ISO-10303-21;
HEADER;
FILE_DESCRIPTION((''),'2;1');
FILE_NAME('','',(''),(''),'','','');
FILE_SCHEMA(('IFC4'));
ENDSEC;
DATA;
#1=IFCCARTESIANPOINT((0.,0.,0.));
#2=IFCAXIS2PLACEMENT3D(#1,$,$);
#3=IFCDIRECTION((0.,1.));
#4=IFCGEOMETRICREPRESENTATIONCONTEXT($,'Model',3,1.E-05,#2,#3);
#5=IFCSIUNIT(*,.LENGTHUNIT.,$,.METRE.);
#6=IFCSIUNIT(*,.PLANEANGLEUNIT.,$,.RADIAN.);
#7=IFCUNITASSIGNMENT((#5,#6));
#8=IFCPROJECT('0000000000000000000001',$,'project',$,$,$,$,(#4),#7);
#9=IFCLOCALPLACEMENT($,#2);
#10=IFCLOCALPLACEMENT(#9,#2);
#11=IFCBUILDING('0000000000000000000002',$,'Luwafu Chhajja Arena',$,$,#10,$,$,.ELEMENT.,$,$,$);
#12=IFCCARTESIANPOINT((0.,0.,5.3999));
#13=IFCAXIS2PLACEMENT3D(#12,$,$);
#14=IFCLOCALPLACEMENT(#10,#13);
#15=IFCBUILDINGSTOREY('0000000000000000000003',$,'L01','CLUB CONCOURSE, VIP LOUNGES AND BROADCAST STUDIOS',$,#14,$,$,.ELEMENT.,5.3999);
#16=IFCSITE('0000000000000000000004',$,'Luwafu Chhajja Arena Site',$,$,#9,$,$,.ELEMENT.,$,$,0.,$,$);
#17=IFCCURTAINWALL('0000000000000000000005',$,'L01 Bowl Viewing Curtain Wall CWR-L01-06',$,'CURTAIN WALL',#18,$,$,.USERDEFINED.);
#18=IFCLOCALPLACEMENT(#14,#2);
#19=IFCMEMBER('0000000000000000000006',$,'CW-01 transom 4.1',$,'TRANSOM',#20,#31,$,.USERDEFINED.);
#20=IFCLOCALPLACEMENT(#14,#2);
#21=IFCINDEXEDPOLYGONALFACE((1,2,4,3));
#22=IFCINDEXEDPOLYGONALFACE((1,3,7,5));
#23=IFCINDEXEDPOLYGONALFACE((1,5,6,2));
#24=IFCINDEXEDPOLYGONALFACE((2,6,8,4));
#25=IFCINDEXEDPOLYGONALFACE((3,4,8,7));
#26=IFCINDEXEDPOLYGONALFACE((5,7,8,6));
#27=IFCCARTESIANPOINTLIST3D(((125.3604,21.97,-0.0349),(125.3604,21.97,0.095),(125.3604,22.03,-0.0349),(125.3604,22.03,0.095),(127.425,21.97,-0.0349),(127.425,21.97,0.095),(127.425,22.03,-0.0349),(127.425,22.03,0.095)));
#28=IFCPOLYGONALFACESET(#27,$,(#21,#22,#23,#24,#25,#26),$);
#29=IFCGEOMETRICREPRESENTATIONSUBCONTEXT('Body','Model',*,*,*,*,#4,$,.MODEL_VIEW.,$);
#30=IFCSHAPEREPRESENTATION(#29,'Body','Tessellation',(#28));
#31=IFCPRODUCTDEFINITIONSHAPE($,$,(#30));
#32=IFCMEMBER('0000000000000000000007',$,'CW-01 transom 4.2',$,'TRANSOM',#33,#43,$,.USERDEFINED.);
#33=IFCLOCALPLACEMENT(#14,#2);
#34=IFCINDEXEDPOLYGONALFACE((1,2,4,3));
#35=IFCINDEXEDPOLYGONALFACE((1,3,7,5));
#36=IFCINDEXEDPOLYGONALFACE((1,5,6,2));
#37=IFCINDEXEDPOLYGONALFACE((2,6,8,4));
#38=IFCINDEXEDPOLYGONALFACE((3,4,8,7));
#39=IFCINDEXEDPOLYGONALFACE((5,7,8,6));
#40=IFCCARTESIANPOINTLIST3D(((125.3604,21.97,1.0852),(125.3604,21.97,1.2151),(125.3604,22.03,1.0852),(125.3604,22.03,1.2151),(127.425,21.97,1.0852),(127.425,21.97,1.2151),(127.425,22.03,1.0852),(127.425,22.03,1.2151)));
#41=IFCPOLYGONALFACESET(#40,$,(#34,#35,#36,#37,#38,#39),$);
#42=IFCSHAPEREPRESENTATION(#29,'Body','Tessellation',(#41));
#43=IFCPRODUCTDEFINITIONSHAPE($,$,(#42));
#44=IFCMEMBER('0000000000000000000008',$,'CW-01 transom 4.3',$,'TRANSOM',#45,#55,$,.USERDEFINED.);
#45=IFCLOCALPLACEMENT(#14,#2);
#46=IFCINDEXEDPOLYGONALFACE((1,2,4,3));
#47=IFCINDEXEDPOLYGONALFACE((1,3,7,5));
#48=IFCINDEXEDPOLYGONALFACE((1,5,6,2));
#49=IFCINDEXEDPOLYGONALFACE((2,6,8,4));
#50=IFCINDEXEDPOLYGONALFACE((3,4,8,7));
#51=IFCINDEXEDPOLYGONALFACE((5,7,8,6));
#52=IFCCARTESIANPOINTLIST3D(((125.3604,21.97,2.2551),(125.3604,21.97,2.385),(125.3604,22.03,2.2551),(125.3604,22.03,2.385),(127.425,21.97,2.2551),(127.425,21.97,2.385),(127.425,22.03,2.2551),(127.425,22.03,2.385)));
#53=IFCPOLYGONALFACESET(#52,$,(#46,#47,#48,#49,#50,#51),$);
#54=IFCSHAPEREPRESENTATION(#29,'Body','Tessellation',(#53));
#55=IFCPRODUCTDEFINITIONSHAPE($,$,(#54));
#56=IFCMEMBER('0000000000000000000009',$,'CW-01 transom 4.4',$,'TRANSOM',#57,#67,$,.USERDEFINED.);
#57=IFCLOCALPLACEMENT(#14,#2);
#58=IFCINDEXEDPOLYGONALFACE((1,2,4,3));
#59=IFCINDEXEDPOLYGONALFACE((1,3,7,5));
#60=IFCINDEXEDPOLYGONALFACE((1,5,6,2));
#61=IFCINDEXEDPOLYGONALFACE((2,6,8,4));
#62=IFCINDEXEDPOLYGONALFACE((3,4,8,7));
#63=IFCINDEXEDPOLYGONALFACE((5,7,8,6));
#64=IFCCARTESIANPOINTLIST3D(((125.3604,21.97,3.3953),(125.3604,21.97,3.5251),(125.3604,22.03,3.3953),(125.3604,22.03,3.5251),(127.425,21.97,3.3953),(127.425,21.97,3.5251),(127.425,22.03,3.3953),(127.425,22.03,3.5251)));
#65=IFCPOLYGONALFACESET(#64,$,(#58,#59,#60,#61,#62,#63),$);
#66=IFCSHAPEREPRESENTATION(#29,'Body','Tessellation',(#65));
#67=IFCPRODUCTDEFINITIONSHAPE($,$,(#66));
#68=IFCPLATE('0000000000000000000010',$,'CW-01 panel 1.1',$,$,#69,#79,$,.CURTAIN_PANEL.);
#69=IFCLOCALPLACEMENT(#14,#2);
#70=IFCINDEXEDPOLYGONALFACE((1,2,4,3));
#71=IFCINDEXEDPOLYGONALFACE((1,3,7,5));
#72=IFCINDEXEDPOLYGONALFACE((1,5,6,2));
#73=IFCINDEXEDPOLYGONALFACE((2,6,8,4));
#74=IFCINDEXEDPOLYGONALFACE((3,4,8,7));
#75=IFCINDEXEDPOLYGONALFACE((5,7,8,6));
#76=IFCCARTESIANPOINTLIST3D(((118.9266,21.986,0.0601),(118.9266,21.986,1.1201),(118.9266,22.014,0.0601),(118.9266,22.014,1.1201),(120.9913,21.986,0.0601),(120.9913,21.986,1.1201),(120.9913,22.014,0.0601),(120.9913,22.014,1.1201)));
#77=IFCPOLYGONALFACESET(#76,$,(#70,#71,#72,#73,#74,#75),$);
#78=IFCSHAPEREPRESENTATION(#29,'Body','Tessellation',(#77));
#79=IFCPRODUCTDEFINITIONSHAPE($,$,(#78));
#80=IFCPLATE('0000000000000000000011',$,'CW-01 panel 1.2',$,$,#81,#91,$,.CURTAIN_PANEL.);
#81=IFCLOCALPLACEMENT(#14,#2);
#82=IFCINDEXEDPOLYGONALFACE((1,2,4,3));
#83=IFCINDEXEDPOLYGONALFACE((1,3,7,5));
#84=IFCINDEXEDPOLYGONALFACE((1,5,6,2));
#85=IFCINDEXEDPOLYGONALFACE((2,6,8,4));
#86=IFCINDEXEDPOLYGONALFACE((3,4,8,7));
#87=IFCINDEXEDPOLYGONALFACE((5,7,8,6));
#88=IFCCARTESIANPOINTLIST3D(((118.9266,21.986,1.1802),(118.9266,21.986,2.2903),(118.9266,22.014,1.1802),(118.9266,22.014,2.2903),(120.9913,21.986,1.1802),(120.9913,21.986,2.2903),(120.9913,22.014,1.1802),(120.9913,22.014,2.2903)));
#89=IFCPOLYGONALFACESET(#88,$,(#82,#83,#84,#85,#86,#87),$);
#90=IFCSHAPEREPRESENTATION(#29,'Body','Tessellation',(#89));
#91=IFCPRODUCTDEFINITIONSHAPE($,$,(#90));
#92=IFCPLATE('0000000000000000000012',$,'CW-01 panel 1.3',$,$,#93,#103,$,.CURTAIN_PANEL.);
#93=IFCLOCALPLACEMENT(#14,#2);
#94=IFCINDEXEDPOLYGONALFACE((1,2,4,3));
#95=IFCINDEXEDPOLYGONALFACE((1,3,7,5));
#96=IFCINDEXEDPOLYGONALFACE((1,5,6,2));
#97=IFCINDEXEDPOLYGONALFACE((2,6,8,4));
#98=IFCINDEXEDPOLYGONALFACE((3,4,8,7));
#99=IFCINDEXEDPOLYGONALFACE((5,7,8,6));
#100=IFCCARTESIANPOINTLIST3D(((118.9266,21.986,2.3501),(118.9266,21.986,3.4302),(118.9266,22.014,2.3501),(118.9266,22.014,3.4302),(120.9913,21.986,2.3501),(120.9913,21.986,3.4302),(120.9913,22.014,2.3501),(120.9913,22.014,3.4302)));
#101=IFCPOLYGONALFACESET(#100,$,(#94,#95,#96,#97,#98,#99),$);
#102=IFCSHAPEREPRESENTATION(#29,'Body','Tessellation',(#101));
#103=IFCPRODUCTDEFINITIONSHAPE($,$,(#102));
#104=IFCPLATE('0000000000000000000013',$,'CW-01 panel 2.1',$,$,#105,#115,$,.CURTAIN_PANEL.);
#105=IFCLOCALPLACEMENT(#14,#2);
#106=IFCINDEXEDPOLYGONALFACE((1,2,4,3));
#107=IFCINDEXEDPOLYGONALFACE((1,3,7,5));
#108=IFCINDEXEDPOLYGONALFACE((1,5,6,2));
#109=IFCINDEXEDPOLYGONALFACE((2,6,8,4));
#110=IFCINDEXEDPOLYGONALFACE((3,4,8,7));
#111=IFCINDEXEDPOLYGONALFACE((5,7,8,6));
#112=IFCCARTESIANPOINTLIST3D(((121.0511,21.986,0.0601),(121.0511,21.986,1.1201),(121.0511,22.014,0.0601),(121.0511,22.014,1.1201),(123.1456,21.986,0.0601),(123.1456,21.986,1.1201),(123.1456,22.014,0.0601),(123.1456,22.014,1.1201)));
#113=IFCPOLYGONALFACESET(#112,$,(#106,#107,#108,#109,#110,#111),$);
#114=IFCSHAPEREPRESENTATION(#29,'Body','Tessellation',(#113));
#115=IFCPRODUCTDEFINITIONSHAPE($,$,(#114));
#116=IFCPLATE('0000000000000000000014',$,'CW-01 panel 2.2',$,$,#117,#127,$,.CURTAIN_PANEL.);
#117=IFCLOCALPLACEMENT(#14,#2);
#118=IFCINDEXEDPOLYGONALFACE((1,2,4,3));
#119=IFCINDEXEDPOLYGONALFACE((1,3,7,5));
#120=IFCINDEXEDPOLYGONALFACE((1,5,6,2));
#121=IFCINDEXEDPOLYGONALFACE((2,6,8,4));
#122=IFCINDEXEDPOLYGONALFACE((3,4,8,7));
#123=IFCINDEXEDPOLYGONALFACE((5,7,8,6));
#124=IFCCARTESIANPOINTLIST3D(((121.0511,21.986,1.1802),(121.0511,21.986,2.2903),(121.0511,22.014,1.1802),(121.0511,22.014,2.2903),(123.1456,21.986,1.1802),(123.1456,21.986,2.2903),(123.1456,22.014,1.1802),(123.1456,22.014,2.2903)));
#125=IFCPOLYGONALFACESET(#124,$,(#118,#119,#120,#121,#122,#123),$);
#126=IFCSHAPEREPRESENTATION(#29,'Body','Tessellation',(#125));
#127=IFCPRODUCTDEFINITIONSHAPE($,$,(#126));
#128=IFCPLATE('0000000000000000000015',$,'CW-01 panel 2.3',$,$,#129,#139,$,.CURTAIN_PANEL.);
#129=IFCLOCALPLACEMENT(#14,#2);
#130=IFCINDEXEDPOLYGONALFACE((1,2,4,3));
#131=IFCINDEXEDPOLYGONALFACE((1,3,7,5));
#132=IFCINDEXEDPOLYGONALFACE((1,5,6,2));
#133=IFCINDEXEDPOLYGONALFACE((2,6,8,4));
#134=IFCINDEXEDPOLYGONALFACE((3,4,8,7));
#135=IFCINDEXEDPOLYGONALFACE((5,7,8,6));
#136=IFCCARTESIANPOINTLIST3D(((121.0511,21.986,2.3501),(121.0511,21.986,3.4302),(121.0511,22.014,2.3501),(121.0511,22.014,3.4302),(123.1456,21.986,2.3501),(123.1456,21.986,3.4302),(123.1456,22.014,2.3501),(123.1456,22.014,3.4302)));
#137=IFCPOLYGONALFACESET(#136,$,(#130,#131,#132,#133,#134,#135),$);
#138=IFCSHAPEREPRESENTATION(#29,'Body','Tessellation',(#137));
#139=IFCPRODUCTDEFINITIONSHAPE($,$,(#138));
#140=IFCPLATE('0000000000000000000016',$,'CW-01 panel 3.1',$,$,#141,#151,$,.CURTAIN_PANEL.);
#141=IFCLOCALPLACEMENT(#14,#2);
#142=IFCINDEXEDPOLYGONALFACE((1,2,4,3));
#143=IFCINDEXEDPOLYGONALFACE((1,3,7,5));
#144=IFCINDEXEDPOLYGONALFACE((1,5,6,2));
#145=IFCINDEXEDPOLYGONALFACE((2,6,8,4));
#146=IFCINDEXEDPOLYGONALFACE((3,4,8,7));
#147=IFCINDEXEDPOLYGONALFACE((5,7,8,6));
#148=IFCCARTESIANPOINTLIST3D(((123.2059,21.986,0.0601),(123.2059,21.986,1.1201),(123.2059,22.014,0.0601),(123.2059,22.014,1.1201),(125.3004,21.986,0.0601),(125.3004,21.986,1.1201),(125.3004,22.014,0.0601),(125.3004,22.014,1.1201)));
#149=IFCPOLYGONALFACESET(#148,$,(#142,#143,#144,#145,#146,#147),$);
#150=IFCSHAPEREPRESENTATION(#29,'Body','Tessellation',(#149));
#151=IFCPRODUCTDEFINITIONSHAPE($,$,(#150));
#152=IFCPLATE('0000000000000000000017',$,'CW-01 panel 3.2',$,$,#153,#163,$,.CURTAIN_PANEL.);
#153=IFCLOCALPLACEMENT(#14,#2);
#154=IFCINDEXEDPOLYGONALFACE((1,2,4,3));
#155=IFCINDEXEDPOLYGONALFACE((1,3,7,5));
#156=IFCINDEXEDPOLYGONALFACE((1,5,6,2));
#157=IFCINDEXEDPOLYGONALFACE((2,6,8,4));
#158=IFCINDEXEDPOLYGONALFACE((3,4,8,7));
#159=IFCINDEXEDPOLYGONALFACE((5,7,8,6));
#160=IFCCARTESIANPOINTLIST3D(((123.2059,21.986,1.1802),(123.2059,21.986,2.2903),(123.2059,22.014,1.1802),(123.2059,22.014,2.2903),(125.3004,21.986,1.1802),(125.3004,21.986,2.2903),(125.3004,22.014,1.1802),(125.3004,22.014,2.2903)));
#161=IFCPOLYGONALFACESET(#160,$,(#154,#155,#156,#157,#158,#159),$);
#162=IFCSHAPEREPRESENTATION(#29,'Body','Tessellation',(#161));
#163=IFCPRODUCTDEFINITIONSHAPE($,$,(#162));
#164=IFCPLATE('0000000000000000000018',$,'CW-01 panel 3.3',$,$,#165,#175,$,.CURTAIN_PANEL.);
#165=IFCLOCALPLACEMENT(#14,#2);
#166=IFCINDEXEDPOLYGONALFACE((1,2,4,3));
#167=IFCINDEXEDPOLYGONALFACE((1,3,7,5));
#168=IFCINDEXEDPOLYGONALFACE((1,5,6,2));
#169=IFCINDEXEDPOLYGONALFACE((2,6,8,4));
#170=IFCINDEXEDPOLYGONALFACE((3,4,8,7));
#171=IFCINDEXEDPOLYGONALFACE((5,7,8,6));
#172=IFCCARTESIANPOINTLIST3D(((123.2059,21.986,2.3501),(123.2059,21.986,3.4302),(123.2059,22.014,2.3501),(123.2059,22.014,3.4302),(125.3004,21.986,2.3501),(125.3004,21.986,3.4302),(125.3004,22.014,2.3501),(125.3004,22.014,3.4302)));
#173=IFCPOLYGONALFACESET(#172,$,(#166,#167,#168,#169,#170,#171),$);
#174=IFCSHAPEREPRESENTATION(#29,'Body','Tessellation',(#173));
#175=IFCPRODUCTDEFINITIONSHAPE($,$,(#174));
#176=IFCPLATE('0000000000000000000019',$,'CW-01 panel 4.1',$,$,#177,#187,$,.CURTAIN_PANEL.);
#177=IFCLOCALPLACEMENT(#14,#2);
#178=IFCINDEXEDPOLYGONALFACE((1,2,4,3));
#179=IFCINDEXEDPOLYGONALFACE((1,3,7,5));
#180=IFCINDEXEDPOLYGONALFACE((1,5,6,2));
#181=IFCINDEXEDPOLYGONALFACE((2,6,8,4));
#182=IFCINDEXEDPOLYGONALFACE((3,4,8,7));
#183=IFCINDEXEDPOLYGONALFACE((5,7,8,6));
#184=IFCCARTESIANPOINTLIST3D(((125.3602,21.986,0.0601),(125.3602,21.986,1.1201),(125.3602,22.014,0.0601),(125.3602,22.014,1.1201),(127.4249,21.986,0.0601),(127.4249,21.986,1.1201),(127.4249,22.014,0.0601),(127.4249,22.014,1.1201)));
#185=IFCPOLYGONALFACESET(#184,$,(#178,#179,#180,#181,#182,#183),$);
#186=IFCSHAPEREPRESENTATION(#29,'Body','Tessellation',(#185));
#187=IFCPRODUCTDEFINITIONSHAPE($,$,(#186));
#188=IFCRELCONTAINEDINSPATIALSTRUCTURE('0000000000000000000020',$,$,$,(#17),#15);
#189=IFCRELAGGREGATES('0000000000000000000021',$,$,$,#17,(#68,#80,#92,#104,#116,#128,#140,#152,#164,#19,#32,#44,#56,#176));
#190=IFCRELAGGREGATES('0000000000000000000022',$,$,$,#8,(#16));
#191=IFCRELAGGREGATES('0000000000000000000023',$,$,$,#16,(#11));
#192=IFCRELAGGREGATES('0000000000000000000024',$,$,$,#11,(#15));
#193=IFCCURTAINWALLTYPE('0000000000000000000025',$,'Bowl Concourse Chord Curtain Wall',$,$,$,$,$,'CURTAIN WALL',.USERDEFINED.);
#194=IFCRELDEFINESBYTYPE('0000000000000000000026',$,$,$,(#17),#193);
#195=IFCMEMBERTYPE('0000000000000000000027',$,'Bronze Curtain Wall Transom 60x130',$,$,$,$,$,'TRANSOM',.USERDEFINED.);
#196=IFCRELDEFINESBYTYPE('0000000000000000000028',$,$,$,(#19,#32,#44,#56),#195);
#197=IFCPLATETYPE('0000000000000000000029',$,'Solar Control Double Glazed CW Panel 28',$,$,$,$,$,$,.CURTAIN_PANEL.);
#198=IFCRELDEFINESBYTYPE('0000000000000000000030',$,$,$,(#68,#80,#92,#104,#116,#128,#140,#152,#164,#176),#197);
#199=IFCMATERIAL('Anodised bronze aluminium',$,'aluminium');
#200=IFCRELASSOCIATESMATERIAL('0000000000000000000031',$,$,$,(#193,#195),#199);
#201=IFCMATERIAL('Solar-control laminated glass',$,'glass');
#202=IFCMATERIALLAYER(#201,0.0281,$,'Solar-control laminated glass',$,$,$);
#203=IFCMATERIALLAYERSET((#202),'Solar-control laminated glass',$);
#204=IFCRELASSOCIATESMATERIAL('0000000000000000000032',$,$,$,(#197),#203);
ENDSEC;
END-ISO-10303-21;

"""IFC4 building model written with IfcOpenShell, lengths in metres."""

from ifc_helpers import new_model, si_unit, direction, frame, origin, origin_2d, place, context, subcontext, project, spatial, rectangle, extrude, material, layer, layer_set, material_profile, profile_set, type_object, element, aggregate, save


model = new_model("IFC4")

# Units and contexts
model_context = context("Model", 3, precision=1e-05, world=origin(), true_north=direction((0.0, 1.0)))
body_context = subcontext(model_context, "Body", "Model", "MODEL_VIEW")
ifc_project = project(units=[si_unit("LENGTHUNIT", "METRE"), si_unit("PLANEANGLEUNIT", "RADIAN")], contexts=[model_context])

# Site, building, storey
site_placement = place(None, origin())
site = spatial("IfcSite", under=ifc_project, at=site_placement, Name="Luwafu Chhajja Arena Site", CompositionType="ELEMENT", RefElevation=0.0)
building_placement = place(site_placement, origin())
building = spatial("IfcBuilding", under=site, at=building_placement, Name="Luwafu Chhajja Arena", CompositionType="ELEMENT")
storey_placement = place(building_placement, frame((0.0, 0.0, 5.3999)))
storey = spatial("IfcBuildingStorey", under=building, at=storey_placement, Name="L01", Description="CLUB CONCOURSE, VIP LOUNGES AND BROADCAST STUDIOS", CompositionType="ELEMENT", Elevation=5.3999)

# Curtain wall, members, plates
ifc_material_1 = material(Name="Anodised bronze aluminium", Category="aluminium")
curtain_wall_type = type_object("IfcCurtainWallType", Name="Bowl Concourse Chord Curtain Wall", ElementType="CURTAIN WALL", PredefinedType="USERDEFINED", material=ifc_material_1)
curtain_wall_placement = place(storey_placement, origin())
curtain_wall = element("IfcCurtainWall", 1, at=curtain_wall_placement, inside=storey, type_object=curtain_wall_type, Name="L01 Bowl Viewing Curtain Wall CWR-L01-06", ObjectType="CURTAIN WALL", PredefinedType="USERDEFINED")
ifc_material_profile_1 = material_profile(ifc_material_1, rectangle(XDim=0.0601, YDim=0.1299, at=origin_2d()), Name="CWT 60x130")
ifc_profile_set_1 = profile_set([ifc_material_profile_1], Name="Anodised bronze aluminium")
member_type_1 = type_object("IfcMemberType", Name="Bronze Curtain Wall Transom 60x130", ElementType="TRANSOM", PredefinedType="USERDEFINED", material=ifc_profile_set_1)
member_1_placement = place(storey_placement, frame((125.3604, 22.0, 0.03), z_axis=(1.0, 0.0, 0.0), x_axis=(0.0, 1.0, 0.0)))
member_1 = element("IfcMember", 2, at=member_1_placement, type_object=member_type_1, Name="CW-01 transom 4.1", ObjectType="TRANSOM", PredefinedType="USERDEFINED", context=body_context, shape_type="SweptSolid", body=[
    extrude(rectangle(XDim=0.0601, YDim=0.1299, at=origin_2d()), origin(), (0.0, 0.0, 1.0), 2.0647),
])
member_2_placement = place(storey_placement, frame((125.3604, 22.0, 1.1501), z_axis=(1.0, 0.0, 0.0), x_axis=(0.0, 1.0, 0.0)))
member_2 = element("IfcMember", 3, at=member_2_placement, type_object=member_type_1, Name="CW-01 transom 4.2", ObjectType="TRANSOM", PredefinedType="USERDEFINED", context=body_context, shape_type="SweptSolid", body=[
    extrude(rectangle(XDim=0.0601, YDim=0.1299, at=origin_2d()), origin(), (0.0, 0.0, 1.0), 2.0647),
])
member_3_placement = place(storey_placement, frame((125.3604, 22.0, 2.3201), z_axis=(1.0, 0.0, 0.0), x_axis=(0.0, 1.0, 0.0)))
member_3 = element("IfcMember", 4, at=member_3_placement, type_object=member_type_1, Name="CW-01 transom 4.3", ObjectType="TRANSOM", PredefinedType="USERDEFINED", context=body_context, shape_type="SweptSolid", body=[
    extrude(rectangle(XDim=0.0601, YDim=0.1299, at=origin_2d()), origin(), (0.0, 0.0, 1.0), 2.0647),
])
member_4_placement = place(storey_placement, frame((125.3604, 22.0, 3.4602), z_axis=(1.0, 0.0, 0.0), x_axis=(0.0, 1.0, 0.0)))
member_4 = element("IfcMember", 5, at=member_4_placement, type_object=member_type_1, Name="CW-01 transom 4.4", ObjectType="TRANSOM", PredefinedType="USERDEFINED", context=body_context, shape_type="SweptSolid", body=[
    extrude(rectangle(XDim=0.0601, YDim=0.1299, at=origin_2d()), origin(), (0.0, 0.0, 1.0), 2.0647),
])
ifc_material_2 = material(Name="Solar-control laminated glass", Category="glass")
ifc_layer = layer(ifc_material_2, 0.0281, Name="Solar-control laminated glass")
ifc_layer_set = layer_set([ifc_layer], Name="Solar-control laminated glass")
plate_type = type_object("IfcPlateType", Name="Solar Control Double Glazed CW Panel 28", PredefinedType="CURTAIN_PANEL", material=ifc_layer_set)
plate_1_placement = place(storey_placement, frame((119.959, 22.0, 0.0601), z_axis=(0.0, 0.0, 1.0), x_axis=(1.0, 0.0, 0.0)))
plate_1 = element("IfcPlate", 6, at=plate_1_placement, type_object=plate_type, Name="CW-01 panel 1.1", PredefinedType="CURTAIN_PANEL", context=body_context, shape_type="SweptSolid", body=[
    extrude(rectangle(XDim=2.0647, YDim=0.0281, at=origin_2d()), origin(), (0.0, 0.0, 1.0), 1.0601),
])
plate_2_placement = place(storey_placement, frame((119.959, 22.0, 1.1802), z_axis=(0.0, 0.0, 1.0), x_axis=(1.0, 0.0, 0.0)))
plate_2 = element("IfcPlate", 7, at=plate_2_placement, type_object=plate_type, Name="CW-01 panel 1.2", PredefinedType="CURTAIN_PANEL", context=body_context, shape_type="SweptSolid", body=[
    extrude(rectangle(XDim=2.0647, YDim=0.0281, at=origin_2d()), origin(), (0.0, 0.0, 1.0), 1.1101),
])
plate_3_placement = place(storey_placement, frame((119.959, 22.0, 2.3501), z_axis=(0.0, 0.0, 1.0), x_axis=(1.0, 0.0, 0.0)))
plate_3 = element("IfcPlate", 8, at=plate_3_placement, type_object=plate_type, Name="CW-01 panel 1.3", PredefinedType="CURTAIN_PANEL", context=body_context, shape_type="SweptSolid", body=[
    extrude(rectangle(XDim=2.0647, YDim=0.0281, at=origin_2d()), origin(), (0.0, 0.0, 1.0), 1.0801),
])
plate_4_placement = place(storey_placement, frame((122.0984, 22.0, 0.0601), z_axis=(0.0, 0.0, 1.0), x_axis=(1.0, 0.0, 0.0)))
plate_4 = element("IfcPlate", 9, at=plate_4_placement, type_object=plate_type, Name="CW-01 panel 2.1", PredefinedType="CURTAIN_PANEL", context=body_context, shape_type="SweptSolid", body=[
    extrude(rectangle(XDim=2.0945, YDim=0.0281, at=origin_2d()), origin(), (0.0, 0.0, 1.0), 1.0601),
])
plate_5_placement = place(storey_placement, frame((122.0984, 22.0, 1.1802), z_axis=(0.0, 0.0, 1.0), x_axis=(1.0, 0.0, 0.0)))
plate_5 = element("IfcPlate", 10, at=plate_5_placement, type_object=plate_type, Name="CW-01 panel 2.2", PredefinedType="CURTAIN_PANEL", context=body_context, shape_type="SweptSolid", body=[
    extrude(rectangle(XDim=2.0945, YDim=0.0281, at=origin_2d()), origin(), (0.0, 0.0, 1.0), 1.1101),
])
plate_6_placement = place(storey_placement, frame((122.0984, 22.0, 2.3501), z_axis=(0.0, 0.0, 1.0), x_axis=(1.0, 0.0, 0.0)))
plate_6 = element("IfcPlate", 11, at=plate_6_placement, type_object=plate_type, Name="CW-01 panel 2.3", PredefinedType="CURTAIN_PANEL", context=body_context, shape_type="SweptSolid", body=[
    extrude(rectangle(XDim=2.0945, YDim=0.0281, at=origin_2d()), origin(), (0.0, 0.0, 1.0), 1.0801),
])
plate_7_placement = place(storey_placement, frame((124.2532, 22.0, 0.0601), z_axis=(0.0, 0.0, 1.0), x_axis=(1.0, 0.0, 0.0)))
plate_7 = element("IfcPlate", 12, at=plate_7_placement, type_object=plate_type, Name="CW-01 panel 3.1", PredefinedType="CURTAIN_PANEL", context=body_context, shape_type="SweptSolid", body=[
    extrude(rectangle(XDim=2.0945, YDim=0.0281, at=origin_2d()), origin(), (0.0, 0.0, 1.0), 1.0601),
])
plate_8_placement = place(storey_placement, frame((124.2532, 22.0, 1.1802), z_axis=(0.0, 0.0, 1.0), x_axis=(1.0, 0.0, 0.0)))
plate_8 = element("IfcPlate", 13, at=plate_8_placement, type_object=plate_type, Name="CW-01 panel 3.2", PredefinedType="CURTAIN_PANEL", context=body_context, shape_type="SweptSolid", body=[
    extrude(rectangle(XDim=2.0945, YDim=0.0281, at=origin_2d()), origin(), (0.0, 0.0, 1.0), 1.1101),
])
plate_9_placement = place(storey_placement, frame((124.2532, 22.0, 2.3501), z_axis=(0.0, 0.0, 1.0), x_axis=(1.0, 0.0, 0.0)))
plate_9 = element("IfcPlate", 14, at=plate_9_placement, type_object=plate_type, Name="CW-01 panel 3.3", PredefinedType="CURTAIN_PANEL", context=body_context, shape_type="SweptSolid", body=[
    extrude(rectangle(XDim=2.0945, YDim=0.0281, at=origin_2d()), origin(), (0.0, 0.0, 1.0), 1.0801),
])
plate_10_placement = place(storey_placement, frame((126.3926, 22.0, 0.0601), z_axis=(0.0, 0.0, 1.0), x_axis=(1.0, 0.0, 0.0)))
plate_10 = element("IfcPlate", 15, at=plate_10_placement, type_object=plate_type, Name="CW-01 panel 4.1", PredefinedType="CURTAIN_PANEL", context=body_context, shape_type="SweptSolid", body=[
    extrude(rectangle(XDim=2.0647, YDim=0.0281, at=origin_2d()), origin(), (0.0, 0.0, 1.0), 1.0601),
])
aggregate(curtain_wall, [plate_1, plate_2, plate_3, plate_4, plate_5, plate_6, plate_7, plate_8, plate_9, member_1, member_2, member_3, member_4, plate_10])

save(model, "model.ifc")
